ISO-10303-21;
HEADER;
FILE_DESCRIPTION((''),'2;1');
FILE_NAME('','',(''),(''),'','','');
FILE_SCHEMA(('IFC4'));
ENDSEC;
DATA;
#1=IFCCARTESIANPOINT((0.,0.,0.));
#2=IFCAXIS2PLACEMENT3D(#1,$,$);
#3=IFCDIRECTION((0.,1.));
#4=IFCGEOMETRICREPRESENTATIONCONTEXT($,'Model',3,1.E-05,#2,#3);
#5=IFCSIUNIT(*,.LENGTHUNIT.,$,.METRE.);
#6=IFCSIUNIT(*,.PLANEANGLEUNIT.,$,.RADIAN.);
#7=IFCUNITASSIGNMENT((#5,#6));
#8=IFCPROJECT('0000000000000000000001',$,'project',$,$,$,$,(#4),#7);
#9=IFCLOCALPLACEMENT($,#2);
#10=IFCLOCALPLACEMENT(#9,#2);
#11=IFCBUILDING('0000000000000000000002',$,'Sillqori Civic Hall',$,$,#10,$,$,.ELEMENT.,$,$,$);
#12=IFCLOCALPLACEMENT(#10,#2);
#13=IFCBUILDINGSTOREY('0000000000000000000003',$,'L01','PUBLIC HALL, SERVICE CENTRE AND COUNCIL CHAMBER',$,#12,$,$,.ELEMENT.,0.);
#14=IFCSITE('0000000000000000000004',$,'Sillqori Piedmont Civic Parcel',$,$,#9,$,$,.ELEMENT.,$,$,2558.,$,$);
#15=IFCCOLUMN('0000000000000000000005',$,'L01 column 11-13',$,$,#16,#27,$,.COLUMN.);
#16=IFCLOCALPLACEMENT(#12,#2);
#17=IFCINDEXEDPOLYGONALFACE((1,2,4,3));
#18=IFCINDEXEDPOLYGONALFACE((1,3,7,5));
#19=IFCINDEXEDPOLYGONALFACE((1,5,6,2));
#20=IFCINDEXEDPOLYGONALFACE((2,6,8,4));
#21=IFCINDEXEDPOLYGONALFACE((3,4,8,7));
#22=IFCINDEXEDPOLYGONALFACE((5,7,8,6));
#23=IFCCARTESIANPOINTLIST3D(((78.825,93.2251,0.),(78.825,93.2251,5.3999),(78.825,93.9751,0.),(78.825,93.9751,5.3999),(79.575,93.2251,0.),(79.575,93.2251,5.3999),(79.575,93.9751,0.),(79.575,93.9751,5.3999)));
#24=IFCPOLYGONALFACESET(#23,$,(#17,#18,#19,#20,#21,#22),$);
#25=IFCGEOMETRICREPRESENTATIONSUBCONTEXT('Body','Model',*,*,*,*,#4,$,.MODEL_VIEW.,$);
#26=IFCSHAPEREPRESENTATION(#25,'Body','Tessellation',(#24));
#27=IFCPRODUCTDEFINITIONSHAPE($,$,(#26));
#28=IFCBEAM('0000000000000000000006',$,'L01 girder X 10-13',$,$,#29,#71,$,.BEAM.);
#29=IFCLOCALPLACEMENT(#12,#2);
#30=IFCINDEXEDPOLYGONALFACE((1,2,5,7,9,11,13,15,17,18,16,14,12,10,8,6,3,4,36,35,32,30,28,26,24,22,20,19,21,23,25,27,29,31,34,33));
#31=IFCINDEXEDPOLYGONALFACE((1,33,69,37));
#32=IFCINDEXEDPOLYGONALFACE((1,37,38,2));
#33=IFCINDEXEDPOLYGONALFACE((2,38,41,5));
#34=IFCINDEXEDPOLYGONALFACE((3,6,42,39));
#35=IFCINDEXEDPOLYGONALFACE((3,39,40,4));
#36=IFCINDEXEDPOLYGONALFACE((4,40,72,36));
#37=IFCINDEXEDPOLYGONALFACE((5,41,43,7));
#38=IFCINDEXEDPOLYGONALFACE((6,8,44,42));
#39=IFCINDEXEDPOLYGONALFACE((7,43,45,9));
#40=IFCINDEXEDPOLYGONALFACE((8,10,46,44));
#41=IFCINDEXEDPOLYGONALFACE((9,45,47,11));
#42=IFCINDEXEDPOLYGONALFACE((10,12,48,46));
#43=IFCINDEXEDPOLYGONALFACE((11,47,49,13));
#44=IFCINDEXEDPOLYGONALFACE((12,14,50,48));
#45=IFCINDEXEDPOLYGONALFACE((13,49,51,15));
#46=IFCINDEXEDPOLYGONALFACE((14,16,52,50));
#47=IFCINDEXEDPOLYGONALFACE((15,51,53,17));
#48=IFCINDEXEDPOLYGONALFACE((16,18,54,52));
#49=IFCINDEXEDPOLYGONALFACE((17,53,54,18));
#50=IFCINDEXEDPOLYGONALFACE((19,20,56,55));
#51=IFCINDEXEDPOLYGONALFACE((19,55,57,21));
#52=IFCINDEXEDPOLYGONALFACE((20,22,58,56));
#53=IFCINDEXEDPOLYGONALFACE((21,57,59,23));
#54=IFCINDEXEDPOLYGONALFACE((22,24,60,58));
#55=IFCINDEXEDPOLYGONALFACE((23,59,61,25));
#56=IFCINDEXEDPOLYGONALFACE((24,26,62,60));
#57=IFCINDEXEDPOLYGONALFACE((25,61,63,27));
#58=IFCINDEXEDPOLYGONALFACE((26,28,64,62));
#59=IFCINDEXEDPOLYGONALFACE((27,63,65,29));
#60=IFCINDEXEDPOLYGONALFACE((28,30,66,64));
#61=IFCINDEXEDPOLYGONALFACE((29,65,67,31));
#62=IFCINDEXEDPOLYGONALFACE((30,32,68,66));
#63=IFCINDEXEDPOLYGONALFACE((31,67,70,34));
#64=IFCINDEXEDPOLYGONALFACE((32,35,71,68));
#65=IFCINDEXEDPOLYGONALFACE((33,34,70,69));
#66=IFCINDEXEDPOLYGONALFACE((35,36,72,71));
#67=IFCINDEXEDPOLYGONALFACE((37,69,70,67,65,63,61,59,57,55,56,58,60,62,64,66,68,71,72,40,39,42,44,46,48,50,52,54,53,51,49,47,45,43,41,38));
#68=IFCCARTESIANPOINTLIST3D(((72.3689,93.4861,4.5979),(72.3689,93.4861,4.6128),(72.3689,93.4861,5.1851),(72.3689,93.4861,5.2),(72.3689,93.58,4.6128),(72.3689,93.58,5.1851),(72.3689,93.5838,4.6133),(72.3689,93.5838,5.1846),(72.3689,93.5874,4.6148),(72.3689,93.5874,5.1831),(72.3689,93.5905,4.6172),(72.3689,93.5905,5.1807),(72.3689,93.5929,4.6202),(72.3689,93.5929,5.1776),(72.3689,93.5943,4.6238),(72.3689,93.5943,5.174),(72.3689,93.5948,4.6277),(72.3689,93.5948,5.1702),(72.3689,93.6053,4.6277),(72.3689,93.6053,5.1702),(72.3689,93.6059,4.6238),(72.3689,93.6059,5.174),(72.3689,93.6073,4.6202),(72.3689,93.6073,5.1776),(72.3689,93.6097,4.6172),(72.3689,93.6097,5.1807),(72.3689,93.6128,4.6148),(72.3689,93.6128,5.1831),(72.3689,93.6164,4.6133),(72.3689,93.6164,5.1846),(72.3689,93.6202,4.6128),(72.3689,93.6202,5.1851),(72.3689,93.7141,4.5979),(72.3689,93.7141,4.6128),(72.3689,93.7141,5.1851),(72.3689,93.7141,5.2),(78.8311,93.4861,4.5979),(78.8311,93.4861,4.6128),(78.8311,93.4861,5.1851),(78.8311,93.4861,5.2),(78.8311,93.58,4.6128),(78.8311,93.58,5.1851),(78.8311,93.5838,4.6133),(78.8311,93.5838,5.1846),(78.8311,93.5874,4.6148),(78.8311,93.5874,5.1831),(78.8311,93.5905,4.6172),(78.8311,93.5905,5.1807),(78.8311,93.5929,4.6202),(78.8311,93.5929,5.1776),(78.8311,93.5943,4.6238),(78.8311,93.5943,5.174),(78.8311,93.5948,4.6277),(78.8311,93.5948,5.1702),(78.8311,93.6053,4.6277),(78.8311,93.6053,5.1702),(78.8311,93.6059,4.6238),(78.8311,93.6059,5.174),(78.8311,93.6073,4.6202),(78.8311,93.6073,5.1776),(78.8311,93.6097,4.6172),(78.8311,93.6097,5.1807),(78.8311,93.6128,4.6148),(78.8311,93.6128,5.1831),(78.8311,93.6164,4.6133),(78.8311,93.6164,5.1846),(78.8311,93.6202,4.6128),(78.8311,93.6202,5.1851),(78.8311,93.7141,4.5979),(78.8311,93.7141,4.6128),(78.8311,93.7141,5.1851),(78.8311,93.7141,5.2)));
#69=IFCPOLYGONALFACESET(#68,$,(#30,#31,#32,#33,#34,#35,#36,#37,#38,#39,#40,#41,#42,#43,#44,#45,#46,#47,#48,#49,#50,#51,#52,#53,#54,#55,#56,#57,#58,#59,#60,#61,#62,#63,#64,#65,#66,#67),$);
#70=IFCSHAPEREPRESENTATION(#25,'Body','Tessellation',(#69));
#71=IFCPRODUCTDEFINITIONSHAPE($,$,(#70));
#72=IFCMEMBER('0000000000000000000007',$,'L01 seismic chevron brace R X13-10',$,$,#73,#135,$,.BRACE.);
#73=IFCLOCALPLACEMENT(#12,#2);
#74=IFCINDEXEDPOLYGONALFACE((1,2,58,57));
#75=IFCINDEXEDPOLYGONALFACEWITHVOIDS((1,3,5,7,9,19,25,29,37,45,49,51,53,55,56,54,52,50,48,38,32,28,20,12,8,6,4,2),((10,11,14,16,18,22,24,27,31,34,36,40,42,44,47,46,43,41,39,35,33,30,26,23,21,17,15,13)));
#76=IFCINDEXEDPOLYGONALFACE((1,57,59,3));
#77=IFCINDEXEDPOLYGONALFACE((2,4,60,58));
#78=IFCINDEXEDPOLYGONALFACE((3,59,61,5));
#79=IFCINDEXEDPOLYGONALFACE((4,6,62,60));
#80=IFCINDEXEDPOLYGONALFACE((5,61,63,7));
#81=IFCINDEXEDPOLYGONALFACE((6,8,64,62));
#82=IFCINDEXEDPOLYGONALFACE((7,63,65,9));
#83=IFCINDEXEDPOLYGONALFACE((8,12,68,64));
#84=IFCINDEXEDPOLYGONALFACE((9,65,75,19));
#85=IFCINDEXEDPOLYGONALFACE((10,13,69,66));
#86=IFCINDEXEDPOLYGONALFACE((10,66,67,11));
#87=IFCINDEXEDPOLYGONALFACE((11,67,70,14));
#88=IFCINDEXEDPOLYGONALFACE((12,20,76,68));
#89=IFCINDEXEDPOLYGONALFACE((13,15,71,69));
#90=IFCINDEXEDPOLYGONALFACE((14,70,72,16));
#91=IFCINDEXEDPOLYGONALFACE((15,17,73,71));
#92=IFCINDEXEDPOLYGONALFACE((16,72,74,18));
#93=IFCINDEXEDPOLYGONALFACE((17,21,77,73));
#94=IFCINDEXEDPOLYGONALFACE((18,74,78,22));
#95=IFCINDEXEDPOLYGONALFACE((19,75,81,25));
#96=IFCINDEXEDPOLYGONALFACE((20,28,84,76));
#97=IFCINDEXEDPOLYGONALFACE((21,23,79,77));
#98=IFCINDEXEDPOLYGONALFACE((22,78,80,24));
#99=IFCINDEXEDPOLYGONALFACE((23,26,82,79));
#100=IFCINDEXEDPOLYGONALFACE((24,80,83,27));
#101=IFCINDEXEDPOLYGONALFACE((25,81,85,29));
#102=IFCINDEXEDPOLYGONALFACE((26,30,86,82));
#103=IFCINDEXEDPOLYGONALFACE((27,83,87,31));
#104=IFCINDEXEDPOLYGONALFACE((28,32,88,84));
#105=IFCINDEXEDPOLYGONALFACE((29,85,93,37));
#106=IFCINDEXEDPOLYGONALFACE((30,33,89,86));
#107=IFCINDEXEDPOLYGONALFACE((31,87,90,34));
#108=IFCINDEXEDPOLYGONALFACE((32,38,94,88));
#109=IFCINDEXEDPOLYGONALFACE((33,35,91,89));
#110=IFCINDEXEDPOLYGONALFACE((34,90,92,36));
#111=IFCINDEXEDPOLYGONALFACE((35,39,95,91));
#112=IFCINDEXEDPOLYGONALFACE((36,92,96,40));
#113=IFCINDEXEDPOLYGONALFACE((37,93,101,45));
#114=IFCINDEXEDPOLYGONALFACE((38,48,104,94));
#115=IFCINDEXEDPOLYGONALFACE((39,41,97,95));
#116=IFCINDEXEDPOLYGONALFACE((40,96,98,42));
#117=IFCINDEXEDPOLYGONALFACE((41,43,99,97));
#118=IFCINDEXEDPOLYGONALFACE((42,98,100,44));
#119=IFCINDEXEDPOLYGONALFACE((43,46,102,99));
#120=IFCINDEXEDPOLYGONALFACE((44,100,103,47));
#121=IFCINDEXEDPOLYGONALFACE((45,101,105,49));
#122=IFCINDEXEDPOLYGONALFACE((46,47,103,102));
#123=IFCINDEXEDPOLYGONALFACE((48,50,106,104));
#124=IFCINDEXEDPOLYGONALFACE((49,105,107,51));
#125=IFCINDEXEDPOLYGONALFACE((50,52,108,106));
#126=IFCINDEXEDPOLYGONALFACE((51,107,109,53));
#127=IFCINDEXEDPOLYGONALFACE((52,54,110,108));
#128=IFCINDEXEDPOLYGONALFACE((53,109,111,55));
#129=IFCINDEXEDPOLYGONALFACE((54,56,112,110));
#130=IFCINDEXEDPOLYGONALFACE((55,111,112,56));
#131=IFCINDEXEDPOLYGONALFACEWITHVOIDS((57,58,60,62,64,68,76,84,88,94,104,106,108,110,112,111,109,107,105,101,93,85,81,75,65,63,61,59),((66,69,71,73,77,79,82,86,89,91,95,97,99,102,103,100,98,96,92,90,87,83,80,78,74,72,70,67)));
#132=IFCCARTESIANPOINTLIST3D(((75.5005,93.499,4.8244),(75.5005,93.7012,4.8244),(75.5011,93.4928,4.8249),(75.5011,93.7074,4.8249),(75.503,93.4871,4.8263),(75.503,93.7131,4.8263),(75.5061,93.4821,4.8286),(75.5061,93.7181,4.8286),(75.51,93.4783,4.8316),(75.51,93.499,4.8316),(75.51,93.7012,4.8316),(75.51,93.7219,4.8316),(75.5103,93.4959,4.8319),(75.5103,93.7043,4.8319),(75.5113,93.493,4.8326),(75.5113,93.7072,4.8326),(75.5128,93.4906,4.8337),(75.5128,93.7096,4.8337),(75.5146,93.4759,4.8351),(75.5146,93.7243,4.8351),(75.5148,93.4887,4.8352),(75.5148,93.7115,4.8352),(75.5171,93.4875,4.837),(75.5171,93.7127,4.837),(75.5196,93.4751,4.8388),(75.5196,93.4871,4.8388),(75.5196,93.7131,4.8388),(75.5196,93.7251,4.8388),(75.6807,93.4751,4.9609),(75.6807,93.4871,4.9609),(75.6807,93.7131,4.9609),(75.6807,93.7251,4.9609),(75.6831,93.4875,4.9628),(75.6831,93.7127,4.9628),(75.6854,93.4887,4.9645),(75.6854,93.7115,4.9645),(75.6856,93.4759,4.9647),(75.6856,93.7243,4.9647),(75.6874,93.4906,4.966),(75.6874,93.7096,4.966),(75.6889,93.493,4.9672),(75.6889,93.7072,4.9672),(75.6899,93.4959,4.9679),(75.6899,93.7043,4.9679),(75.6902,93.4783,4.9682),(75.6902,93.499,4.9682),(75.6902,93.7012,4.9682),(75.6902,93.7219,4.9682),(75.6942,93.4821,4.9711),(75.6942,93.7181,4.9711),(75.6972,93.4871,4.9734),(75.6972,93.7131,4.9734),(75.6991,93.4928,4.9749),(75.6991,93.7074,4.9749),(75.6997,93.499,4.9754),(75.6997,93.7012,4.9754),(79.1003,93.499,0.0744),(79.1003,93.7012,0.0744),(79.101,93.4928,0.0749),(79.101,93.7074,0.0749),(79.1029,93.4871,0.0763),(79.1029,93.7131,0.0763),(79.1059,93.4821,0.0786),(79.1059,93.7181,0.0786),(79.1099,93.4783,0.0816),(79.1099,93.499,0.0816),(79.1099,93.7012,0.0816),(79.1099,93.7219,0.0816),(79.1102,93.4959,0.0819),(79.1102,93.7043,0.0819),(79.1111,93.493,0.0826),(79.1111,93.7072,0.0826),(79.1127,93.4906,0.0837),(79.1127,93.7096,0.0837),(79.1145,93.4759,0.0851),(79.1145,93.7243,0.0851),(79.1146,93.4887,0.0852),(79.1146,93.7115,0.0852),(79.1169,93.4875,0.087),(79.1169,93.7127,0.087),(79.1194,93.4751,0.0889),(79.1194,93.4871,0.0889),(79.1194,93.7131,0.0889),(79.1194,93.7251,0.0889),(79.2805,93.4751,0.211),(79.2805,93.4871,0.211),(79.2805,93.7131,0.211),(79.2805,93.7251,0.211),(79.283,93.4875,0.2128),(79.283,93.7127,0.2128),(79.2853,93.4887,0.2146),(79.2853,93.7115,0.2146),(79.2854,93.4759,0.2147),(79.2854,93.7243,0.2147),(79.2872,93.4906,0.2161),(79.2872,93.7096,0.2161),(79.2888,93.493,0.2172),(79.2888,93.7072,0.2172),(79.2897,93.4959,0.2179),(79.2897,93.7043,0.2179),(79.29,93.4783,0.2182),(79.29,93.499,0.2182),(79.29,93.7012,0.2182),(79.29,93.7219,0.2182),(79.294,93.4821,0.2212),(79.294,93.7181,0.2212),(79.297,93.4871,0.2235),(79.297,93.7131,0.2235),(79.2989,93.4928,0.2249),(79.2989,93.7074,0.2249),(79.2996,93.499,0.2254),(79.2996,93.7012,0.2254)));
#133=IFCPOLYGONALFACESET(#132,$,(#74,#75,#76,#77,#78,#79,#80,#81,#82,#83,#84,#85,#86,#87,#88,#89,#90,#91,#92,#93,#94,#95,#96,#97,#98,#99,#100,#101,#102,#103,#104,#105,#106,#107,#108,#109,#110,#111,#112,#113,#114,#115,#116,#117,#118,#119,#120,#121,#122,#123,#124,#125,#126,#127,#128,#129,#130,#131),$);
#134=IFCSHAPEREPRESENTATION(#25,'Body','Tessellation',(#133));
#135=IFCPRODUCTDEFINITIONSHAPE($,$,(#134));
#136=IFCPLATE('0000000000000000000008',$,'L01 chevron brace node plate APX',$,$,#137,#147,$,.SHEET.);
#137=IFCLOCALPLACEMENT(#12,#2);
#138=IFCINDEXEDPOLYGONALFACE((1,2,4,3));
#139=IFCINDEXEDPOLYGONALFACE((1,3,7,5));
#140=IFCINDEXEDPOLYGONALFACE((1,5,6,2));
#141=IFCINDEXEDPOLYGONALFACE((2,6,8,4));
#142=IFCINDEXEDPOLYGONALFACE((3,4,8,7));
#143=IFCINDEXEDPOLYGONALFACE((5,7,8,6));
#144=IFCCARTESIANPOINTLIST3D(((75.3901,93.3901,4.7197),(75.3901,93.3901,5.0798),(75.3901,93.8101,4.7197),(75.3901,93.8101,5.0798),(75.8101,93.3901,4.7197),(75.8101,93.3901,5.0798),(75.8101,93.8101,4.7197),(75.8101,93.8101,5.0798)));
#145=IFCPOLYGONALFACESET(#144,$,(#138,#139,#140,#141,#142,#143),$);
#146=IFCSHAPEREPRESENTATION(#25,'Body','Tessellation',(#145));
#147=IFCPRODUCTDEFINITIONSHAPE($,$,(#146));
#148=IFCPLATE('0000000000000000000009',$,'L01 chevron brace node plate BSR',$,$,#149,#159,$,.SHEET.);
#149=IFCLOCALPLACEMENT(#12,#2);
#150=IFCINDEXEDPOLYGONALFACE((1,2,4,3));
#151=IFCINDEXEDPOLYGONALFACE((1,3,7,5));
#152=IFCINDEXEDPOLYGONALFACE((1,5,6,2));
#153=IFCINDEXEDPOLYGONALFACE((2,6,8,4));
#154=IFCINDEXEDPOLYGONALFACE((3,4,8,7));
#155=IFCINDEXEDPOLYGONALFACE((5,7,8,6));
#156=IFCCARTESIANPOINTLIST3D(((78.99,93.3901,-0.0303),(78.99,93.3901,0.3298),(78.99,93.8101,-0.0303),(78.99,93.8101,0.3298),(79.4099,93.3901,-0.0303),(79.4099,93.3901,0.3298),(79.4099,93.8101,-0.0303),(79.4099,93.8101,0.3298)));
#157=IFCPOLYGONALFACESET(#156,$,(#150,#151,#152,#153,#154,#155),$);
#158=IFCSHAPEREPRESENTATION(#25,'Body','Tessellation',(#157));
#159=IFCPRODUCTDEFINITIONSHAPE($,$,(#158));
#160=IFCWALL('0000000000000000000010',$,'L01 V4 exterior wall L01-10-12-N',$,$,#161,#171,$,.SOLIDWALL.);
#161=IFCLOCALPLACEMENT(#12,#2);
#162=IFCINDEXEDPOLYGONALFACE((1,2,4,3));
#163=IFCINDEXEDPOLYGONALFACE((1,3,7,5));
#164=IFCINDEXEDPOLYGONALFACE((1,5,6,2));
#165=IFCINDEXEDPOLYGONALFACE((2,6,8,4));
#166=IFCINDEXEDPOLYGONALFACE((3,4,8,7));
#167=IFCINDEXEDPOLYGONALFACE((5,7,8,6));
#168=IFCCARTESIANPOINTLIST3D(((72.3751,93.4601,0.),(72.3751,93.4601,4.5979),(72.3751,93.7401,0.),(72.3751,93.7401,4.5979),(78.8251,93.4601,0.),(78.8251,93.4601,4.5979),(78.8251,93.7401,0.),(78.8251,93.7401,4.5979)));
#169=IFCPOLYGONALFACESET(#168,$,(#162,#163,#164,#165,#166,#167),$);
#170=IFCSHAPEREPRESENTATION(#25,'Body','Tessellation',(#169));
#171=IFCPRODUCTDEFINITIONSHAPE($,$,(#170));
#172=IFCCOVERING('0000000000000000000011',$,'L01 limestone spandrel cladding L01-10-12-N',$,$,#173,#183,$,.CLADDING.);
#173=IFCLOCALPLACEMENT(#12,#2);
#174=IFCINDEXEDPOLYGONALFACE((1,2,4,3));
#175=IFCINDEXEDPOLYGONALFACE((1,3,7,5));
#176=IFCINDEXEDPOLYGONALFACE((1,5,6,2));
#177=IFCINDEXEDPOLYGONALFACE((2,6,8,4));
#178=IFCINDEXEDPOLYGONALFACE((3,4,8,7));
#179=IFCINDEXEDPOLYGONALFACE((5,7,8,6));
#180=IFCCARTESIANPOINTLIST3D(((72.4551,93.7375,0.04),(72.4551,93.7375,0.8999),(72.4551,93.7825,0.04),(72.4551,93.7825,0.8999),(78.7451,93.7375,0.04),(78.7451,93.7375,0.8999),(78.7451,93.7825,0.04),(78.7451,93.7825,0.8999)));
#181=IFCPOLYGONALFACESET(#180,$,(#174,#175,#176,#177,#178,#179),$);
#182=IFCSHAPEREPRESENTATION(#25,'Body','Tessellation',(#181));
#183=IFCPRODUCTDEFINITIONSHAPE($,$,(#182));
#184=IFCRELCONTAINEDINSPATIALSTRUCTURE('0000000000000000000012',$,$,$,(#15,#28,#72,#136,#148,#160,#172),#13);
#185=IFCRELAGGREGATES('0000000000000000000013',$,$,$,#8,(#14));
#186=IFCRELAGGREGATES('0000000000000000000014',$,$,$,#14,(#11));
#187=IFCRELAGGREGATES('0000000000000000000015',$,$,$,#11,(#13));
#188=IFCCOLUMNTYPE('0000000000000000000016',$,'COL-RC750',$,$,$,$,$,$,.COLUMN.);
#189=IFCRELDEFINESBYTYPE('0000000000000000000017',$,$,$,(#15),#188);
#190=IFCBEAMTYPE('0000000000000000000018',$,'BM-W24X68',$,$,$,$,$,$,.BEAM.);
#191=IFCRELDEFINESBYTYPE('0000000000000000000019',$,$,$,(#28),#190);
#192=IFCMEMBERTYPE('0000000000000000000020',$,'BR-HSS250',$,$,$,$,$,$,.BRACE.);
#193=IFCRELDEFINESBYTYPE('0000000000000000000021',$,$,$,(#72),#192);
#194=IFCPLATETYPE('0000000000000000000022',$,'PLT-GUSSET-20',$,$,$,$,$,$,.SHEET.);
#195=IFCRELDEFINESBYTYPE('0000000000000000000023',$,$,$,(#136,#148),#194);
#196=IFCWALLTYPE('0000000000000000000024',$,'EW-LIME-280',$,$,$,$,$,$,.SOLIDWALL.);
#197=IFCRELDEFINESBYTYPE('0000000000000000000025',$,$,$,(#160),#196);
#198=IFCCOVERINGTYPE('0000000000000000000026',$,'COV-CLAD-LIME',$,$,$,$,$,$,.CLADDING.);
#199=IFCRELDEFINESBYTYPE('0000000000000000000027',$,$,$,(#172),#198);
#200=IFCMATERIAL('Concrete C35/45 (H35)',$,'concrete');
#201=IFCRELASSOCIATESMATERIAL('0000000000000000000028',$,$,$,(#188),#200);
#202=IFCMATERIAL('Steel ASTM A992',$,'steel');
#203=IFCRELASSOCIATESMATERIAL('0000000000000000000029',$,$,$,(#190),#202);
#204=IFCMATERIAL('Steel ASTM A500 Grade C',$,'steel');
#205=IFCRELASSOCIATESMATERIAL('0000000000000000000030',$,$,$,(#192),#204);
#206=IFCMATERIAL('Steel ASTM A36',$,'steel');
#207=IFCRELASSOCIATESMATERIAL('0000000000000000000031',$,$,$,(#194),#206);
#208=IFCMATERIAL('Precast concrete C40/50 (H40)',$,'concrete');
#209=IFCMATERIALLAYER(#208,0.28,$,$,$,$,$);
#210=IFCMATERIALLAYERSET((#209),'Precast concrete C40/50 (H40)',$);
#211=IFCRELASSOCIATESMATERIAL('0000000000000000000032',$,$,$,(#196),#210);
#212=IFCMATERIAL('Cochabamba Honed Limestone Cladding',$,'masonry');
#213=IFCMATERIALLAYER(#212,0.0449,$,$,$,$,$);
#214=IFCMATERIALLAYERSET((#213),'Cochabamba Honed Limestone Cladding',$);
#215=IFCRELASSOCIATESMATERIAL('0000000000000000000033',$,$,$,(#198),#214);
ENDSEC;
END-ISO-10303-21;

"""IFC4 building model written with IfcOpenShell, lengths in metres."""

from ifc_helpers import new_model, si_unit, direction, frame, frame_2d, origin, origin_2d, place, context, subcontext, project, spatial, rectangle, hollow_rectangle, i_section, extrude, material, layer, layer_set, material_profile, profile_set, type_object, element, save


model = new_model("IFC4")

# Units and contexts
model_context = context("Model", 3, precision=1e-05, world=origin(), true_north=direction((0.0, 1.0)))
body_context = subcontext(model_context, "Body", "Model", "MODEL_VIEW")
ifc_project = project(units=[si_unit("LENGTHUNIT", "METRE"), si_unit("PLANEANGLEUNIT", "RADIAN")], contexts=[model_context])

# Site, building, storey
site_placement = place(None, origin())
site = spatial("IfcSite", under=ifc_project, at=site_placement, Name="Sillqori Piedmont Civic Parcel", CompositionType="ELEMENT", RefElevation=2558.0)
building_placement = place(site_placement, origin())
building = spatial("IfcBuilding", under=site, at=building_placement, Name="Sillqori Civic Hall", CompositionType="ELEMENT")
storey_placement = place(building_placement, origin())
storey = spatial("IfcBuildingStorey", under=building, at=storey_placement, Name="L01", Description="PUBLIC HALL, SERVICE CENTRE AND COUNCIL CHAMBER", CompositionType="ELEMENT", Elevation=0.0)

# Column
ifc_material_1 = material(Name="Concrete C35/45 (H35)", Category="concrete")
ifc_material_profile_1 = material_profile(ifc_material_1, rectangle(XDim=0.75, YDim=0.75, at=origin_2d()), Name="RC 750x750")
ifc_profile_set_1 = profile_set([ifc_material_profile_1], Name="Concrete C35/45 (H35)")
column_type = type_object("IfcColumnType", Name="COL-RC750", PredefinedType="COLUMN", material=ifc_profile_set_1)
column_placement = place(storey_placement, frame((79.2, 93.6001, 0.0), z_axis=(0.0, 0.0, 1.0), x_axis=(1.0, 0.0, 0.0)))
element("IfcColumn", 1, at=column_placement, inside=storey, type_object=column_type, Name="L01 column 11-13", PredefinedType="COLUMN", context=body_context, shape_type="SweptSolid", body=[
    extrude(rectangle(XDim=0.75, YDim=0.75, at=origin_2d()), origin(), (0.0, 0.0, 1.0), 5.3999),
])

# Beam
ifc_material_2 = material(Name="Steel ASTM A992", Category="steel")
ifc_material_profile_2 = material_profile(ifc_material_2, i_section(OverallWidth=0.228, OverallDepth=0.6021, WebThickness=0.0105, FlangeThickness=0.0149, FilletRadius=0.0149, at=origin_2d()), Name="W24X68")
ifc_profile_set_2 = profile_set([ifc_material_profile_2], Name="Steel ASTM A992")
beam_type = type_object("IfcBeamType", Name="BM-W24X68", PredefinedType="BEAM", material=ifc_profile_set_2)
beam_placement = place(storey_placement, frame((72.3689, 93.6001, 4.8989), z_axis=(1.0, 0.0, 0.0), x_axis=(0.0, 1.0, 0.0)))
element("IfcBeam", 2, at=beam_placement, inside=storey, type_object=beam_type, Name="L01 girder X 10-13", PredefinedType="BEAM", context=body_context, shape_type="SweptSolid", body=[
    extrude(i_section(OverallWidth=0.228, OverallDepth=0.6021, WebThickness=0.0105, FlangeThickness=0.0149, FilletRadius=0.0149, at=origin_2d()), origin(), (0.0, 0.0, 1.0), 6.4622),
])

# Member
ifc_material_3 = material(Name="Steel ASTM A500 Grade C", Category="steel")
ifc_material_profile_3 = material_profile(ifc_material_3, hollow_rectangle(XDim=0.25, YDim=0.25, WallThickness=0.012, InnerFilletRadius=0.012, OuterFilletRadius=0.0239, at=origin_2d()), Name="HSS250X250X12")
ifc_profile_set_3 = profile_set([ifc_material_profile_3], Name="Steel ASTM A500 Grade C")
member_type = type_object("IfcMemberType", Name="BR-HSS250", PredefinedType="BRACE", material=ifc_profile_set_3)
member_placement = place(storey_placement, frame((79.2, 93.6001, 0.1499), z_axis=(-0.604004, 0.0, 0.796982), x_axis=(0.0, -1.0, 0.0)))
element("IfcMember", 3, at=member_placement, inside=storey, type_object=member_type, Name="L01 seismic chevron brace R X13-10", PredefinedType="BRACE", context=body_context, shape_type="SweptSolid", body=[
    extrude(hollow_rectangle(XDim=0.25, YDim=0.25, WallThickness=0.012, InnerFilletRadius=0.012, OuterFilletRadius=0.0239, at=origin_2d()), origin(), (0.0, 0.0, 1.0), 5.96),
])

# Plates
ifc_material_4 = material(Name="Steel ASTM A36", Category="steel")
plate_type = type_object("IfcPlateType", Name="PLT-GUSSET-20", PredefinedType="SHEET", material=ifc_material_4)
for number, where, z_axis, x_axis, name in (
    (4, (75.6001, 93.6001, 4.7197), (0.0, 0.0, 1.0), (1.0, 0.0, 0.0), "L01 chevron brace node plate APX"),
    (5, (79.2, 93.6001, -0.0303), (0.0, 0.0, 1.0), (1.0, 0.0, 0.0), "L01 chevron brace node plate BSR"),
):
    element("IfcPlate", number, at=place(storey_placement, frame(where, z_axis=z_axis, x_axis=x_axis)), inside=storey, type_object=plate_type, Name=name, PredefinedType="SHEET", context=body_context, shape_type="SweptSolid", body=[
        extrude(rectangle(XDim=0.4199, YDim=0.4199, at=origin_2d()), origin(), (0.0, 0.0, 1.0), 0.3601),
    ])

# Wall
ifc_material_5 = material(Name="Precast concrete C40/50 (H40)", Category="concrete")
ifc_layer_1 = layer(ifc_material_5, 0.28)
ifc_layer_set_1 = layer_set([ifc_layer_1], Name="Precast concrete C40/50 (H40)")
wall_type = type_object("IfcWallType", Name="EW-LIME-280", PredefinedType="SOLIDWALL", material=ifc_layer_set_1)
wall_placement = place(storey_placement, frame((72.375, 93.6001, 0.0), z_axis=(0.0, 0.0, 1.0), x_axis=(1.0, 0.0, 0.0)))
element("IfcWall", 6, at=wall_placement, inside=storey, type_object=wall_type, Name="L01 V4 exterior wall L01-10-12-N", PredefinedType="SOLIDWALL", context=body_context, shape_type="SweptSolid", body=[
    extrude(rectangle(XDim=6.45, YDim=0.28, at=frame_2d((3.2251, 0.0))), origin(), (0.0, 0.0, 1.0), 4.5979),
])

# Covering
ifc_material_6 = material(Name="Cochabamba Honed Limestone Cladding", Category="masonry")
ifc_layer_2 = layer(ifc_material_6, 0.0449)
ifc_layer_set_2 = layer_set([ifc_layer_2], Name="Cochabamba Honed Limestone Cladding")
covering_type = type_object("IfcCoveringType", Name="COV-CLAD-LIME", PredefinedType="CLADDING", material=ifc_layer_set_2)
covering_1_placement = place(storey_placement, frame((72.4551, 93.76, 0.04), z_axis=(0.0, 0.0, 1.0), x_axis=(1.0, 0.0, 0.0)))
element("IfcCovering", 7, at=covering_1_placement, inside=storey, type_object=covering_type, Name="L01 limestone spandrel cladding L01-10-12-N", PredefinedType="CLADDING", context=body_context, shape_type="SweptSolid", body=[
    extrude(rectangle(XDim=6.29, YDim=0.0449, at=frame_2d((3.145, 0.0))), origin(), (0.0, 0.0, 1.0), 0.8599),
])

save(model, "model.ifc")
